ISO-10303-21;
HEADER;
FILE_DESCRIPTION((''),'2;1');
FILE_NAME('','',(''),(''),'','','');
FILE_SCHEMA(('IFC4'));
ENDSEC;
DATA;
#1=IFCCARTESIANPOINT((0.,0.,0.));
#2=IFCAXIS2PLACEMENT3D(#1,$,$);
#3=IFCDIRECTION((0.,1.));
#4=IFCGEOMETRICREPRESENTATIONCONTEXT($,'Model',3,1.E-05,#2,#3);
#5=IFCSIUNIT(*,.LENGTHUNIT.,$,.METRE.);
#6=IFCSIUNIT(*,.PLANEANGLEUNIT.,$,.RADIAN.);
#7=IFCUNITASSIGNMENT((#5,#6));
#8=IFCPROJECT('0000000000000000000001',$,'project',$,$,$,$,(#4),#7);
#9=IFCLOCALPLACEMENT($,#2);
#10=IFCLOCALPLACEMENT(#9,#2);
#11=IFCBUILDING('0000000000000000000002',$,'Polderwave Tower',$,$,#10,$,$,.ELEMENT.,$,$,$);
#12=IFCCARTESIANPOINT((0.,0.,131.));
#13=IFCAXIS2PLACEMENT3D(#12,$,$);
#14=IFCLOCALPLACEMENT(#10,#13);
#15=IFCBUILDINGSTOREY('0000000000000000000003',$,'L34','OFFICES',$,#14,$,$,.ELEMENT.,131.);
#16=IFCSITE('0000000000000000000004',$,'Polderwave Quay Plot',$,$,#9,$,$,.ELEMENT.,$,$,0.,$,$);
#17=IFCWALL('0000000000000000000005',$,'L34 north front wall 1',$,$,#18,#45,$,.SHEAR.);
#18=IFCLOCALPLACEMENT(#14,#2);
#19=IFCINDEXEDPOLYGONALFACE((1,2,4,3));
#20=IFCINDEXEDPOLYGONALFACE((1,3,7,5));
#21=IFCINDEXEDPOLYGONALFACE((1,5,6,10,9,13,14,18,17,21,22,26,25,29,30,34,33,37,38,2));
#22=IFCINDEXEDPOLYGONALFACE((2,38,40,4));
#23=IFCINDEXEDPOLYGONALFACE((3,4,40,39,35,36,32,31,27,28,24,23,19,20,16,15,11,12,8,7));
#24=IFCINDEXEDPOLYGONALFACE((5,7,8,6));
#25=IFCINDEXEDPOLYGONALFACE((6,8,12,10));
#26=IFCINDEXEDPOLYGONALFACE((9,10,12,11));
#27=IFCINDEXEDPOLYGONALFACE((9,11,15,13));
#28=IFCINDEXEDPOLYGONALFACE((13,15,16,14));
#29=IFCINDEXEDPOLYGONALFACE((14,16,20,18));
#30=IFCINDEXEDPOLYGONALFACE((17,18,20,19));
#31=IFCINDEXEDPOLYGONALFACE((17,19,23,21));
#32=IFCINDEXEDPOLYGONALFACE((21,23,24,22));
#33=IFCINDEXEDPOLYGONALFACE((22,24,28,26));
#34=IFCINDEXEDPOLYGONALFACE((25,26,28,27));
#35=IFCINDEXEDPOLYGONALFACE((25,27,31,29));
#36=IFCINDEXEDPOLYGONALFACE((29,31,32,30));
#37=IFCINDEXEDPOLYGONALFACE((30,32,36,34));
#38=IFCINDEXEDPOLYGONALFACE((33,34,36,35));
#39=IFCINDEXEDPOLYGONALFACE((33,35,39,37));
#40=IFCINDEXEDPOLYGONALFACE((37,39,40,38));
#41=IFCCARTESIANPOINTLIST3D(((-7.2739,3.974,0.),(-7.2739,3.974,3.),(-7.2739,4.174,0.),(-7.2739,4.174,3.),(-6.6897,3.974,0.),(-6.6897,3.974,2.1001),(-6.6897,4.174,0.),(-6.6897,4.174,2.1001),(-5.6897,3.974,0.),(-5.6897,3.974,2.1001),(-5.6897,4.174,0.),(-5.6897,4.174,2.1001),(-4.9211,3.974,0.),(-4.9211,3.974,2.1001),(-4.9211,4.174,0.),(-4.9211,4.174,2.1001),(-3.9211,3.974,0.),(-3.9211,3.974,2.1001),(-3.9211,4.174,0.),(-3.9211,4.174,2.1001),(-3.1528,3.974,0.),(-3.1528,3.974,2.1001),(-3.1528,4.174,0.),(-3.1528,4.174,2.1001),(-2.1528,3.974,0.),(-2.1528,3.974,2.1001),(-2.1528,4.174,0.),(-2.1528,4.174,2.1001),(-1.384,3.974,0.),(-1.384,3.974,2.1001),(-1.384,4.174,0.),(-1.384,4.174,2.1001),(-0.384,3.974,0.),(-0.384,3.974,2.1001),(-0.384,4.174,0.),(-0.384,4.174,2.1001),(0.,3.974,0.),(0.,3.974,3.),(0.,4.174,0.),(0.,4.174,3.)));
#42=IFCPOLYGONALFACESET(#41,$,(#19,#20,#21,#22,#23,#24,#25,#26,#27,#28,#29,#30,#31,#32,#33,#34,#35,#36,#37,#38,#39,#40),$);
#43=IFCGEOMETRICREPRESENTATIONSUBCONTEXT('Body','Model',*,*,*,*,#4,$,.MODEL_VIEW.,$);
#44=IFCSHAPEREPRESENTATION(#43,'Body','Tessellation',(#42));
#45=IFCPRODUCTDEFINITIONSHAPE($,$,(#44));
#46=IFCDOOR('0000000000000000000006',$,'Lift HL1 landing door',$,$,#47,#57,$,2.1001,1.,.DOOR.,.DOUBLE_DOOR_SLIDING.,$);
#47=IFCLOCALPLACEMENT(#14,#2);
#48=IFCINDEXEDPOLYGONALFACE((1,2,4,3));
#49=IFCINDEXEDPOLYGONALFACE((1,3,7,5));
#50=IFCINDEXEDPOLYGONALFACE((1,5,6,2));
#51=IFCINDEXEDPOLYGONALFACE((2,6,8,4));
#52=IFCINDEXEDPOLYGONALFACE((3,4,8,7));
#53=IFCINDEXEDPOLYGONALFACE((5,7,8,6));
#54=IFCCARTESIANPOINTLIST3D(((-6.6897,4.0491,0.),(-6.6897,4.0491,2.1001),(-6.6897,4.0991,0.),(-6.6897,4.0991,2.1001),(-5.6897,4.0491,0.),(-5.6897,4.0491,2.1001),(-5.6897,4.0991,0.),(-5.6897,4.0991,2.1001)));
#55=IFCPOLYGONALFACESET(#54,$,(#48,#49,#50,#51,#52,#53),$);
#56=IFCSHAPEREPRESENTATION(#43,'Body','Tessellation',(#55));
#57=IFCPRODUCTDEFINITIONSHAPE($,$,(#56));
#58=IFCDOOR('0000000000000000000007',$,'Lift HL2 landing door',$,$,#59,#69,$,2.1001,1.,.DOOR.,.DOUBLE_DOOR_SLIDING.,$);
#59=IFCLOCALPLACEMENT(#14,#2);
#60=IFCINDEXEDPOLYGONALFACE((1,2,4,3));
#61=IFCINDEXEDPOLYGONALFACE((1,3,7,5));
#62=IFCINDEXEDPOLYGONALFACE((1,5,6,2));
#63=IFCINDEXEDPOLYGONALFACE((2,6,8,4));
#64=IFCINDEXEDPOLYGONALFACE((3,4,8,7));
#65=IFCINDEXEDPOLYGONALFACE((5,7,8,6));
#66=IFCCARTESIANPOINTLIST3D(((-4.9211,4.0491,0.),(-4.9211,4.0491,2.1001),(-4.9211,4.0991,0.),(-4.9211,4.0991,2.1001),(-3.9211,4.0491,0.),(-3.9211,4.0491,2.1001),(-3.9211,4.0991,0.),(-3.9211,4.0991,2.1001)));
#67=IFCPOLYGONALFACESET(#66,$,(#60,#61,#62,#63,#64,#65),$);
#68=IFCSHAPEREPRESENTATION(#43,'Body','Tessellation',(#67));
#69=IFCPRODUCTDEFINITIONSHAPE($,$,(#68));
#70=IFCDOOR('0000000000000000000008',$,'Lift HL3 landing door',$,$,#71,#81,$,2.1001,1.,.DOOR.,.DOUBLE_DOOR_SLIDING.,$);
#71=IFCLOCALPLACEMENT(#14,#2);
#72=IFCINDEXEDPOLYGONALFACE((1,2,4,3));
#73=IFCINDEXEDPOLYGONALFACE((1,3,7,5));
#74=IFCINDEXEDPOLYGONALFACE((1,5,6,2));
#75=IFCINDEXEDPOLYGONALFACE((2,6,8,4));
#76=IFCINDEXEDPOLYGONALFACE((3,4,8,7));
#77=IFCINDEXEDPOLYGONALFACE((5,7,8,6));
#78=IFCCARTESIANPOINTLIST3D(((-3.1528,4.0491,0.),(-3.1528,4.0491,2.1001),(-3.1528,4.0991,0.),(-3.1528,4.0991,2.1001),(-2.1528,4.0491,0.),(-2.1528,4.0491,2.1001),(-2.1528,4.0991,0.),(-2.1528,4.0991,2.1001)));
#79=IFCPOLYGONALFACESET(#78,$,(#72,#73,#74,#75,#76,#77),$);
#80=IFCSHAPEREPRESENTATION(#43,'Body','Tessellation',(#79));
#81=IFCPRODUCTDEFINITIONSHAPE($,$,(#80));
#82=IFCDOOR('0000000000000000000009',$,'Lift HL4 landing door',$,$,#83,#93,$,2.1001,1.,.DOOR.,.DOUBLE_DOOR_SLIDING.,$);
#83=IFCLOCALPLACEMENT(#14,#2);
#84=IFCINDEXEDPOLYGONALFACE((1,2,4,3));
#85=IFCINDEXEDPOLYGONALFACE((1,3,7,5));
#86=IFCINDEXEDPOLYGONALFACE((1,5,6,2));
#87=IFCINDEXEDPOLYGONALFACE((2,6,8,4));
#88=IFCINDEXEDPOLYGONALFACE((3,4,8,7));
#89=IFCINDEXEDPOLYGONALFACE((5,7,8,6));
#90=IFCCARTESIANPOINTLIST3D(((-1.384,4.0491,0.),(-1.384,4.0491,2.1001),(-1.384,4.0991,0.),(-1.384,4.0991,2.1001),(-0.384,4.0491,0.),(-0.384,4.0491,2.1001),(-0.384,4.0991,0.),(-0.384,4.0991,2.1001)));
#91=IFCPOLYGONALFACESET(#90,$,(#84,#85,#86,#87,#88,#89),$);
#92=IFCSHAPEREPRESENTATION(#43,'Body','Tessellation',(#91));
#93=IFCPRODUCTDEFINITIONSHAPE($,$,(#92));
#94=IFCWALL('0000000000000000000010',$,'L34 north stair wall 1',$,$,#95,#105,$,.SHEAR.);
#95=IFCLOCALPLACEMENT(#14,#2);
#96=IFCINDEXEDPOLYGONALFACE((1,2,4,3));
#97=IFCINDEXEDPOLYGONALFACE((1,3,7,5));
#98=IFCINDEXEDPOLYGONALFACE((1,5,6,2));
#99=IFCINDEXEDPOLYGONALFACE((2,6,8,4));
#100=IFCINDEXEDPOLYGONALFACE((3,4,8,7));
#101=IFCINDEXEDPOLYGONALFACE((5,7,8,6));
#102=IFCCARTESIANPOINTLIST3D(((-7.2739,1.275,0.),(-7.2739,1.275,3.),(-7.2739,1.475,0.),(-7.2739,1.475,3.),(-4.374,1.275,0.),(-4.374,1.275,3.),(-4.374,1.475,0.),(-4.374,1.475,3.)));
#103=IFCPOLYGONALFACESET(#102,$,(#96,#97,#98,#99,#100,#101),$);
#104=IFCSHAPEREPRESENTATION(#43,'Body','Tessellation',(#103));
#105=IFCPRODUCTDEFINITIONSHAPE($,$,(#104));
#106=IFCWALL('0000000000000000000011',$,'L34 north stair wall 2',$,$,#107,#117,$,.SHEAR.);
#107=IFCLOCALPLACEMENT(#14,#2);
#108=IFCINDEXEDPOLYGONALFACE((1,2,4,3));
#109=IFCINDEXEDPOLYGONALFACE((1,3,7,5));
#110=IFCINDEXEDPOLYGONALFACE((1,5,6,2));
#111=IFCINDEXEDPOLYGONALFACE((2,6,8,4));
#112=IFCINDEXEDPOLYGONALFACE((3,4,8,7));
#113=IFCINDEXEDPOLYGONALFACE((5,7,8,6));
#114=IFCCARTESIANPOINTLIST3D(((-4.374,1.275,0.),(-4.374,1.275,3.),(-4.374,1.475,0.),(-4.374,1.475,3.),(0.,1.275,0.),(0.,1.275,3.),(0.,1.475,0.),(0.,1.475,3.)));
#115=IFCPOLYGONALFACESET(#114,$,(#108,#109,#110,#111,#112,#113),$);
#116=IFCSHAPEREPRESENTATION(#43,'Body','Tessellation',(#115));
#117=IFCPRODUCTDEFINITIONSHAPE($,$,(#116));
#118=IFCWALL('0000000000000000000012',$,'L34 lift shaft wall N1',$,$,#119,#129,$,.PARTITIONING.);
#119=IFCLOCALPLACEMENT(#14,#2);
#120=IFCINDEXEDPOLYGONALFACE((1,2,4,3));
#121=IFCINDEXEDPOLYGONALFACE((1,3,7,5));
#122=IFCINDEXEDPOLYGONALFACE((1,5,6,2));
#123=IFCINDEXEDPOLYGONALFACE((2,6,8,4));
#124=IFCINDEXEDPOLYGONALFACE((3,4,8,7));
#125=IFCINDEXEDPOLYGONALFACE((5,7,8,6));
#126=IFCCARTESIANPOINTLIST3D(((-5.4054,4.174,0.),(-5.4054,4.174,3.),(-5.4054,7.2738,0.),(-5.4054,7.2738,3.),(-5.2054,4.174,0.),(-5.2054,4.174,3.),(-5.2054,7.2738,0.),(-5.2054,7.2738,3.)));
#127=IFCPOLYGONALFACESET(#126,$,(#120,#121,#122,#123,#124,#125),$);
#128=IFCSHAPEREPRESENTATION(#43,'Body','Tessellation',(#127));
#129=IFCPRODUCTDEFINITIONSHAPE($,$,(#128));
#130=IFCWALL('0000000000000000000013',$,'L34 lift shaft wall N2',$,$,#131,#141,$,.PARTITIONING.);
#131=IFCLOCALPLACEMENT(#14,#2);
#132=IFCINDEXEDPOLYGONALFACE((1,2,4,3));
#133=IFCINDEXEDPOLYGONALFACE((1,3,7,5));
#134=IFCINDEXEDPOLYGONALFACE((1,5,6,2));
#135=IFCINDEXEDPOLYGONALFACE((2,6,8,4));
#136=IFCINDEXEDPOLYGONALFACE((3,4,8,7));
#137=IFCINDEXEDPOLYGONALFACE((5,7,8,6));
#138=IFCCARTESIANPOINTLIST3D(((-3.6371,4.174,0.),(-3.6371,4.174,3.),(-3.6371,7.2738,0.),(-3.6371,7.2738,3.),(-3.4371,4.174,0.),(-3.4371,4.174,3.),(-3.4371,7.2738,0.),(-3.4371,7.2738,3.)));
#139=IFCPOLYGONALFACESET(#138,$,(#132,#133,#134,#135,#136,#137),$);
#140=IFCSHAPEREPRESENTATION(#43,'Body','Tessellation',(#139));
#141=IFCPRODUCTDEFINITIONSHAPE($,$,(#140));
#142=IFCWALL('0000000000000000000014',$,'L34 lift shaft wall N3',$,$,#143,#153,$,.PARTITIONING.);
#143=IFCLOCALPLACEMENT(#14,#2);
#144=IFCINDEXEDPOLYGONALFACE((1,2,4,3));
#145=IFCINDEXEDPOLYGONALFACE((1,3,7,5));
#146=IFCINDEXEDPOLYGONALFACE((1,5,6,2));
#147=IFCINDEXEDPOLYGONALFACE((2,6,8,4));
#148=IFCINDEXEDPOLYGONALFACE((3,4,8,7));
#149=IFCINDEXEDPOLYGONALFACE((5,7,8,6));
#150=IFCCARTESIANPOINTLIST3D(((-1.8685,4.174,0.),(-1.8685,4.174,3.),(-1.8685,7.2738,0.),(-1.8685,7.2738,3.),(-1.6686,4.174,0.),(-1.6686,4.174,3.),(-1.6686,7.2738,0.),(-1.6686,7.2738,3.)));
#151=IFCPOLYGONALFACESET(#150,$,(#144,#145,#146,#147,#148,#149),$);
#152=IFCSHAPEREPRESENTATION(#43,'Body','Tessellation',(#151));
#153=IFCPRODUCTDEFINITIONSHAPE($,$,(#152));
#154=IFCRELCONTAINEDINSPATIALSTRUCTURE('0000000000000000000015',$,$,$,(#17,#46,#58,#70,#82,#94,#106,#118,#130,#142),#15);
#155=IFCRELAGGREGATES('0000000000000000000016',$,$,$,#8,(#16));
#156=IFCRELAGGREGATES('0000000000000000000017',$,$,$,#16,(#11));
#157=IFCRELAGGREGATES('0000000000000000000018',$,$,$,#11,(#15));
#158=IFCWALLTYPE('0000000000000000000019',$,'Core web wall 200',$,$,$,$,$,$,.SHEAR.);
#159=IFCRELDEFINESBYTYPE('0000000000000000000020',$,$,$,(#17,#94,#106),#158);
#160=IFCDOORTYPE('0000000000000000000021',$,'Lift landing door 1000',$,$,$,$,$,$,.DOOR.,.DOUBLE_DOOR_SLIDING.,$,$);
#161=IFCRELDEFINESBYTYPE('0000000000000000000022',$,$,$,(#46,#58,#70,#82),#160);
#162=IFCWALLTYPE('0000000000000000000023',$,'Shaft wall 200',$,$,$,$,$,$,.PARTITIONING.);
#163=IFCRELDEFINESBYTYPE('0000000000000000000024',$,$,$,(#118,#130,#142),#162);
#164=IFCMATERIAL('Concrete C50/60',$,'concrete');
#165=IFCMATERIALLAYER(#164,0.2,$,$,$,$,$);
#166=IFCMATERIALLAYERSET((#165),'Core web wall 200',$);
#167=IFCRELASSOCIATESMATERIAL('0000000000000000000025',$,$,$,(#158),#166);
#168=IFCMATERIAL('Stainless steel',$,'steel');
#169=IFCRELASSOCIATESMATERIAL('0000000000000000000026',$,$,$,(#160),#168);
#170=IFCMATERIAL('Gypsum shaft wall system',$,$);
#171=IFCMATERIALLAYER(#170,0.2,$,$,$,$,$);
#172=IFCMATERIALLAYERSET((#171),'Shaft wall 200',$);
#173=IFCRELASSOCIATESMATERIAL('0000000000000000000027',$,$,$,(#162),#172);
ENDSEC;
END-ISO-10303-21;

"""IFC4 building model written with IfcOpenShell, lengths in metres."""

from ifc_helpers import new_model, si_unit, direction, frame, frame_2d, origin, place, context, subcontext, project, spatial, rectangle, extrude, material, layer, layer_set, type_object, element, fill, save


model = new_model("IFC4")

# Units and contexts
model_context = context("Model", 3, precision=1e-05, world=origin(), true_north=direction((0.0, 1.0)))
body_context = subcontext(model_context, "Body", "Model", "MODEL_VIEW")
ifc_project = project(units=[si_unit("LENGTHUNIT", "METRE"), si_unit("PLANEANGLEUNIT", "RADIAN")], contexts=[model_context])

# Site, building, storey
site_placement = place(None, origin())
site = spatial("IfcSite", under=ifc_project, at=site_placement, Name="Polderwave Quay Plot", CompositionType="ELEMENT", RefElevation=0.0)
building_placement = place(site_placement, origin())
building = spatial("IfcBuilding", under=site, at=building_placement, Name="Polderwave Tower", CompositionType="ELEMENT")
storey_placement = place(building_placement, frame((0.0, 0.0, 131.0)))
storey = spatial("IfcBuildingStorey", under=building, at=storey_placement, Name="L34", Description="OFFICES", CompositionType="ELEMENT", Elevation=131.0)

# Wall, openings, doors
ifc_material_1 = material(Name="Concrete C50/60", Category="concrete")
ifc_layer_1 = layer(ifc_material_1, 0.2)
ifc_layer_set_1 = layer_set([ifc_layer_1], Name="Core web wall 200")
wall_type_1 = type_object("IfcWallType", Name="Core web wall 200", PredefinedType="SHEAR", material=ifc_layer_set_1)
wall_1_placement = place(storey_placement, frame((-7.2739, 4.074, 0.0), z_axis=(0.0, 0.0, 1.0), x_axis=(1.0, 0.0, 0.0)))
wall_1 = element("IfcWall", 1, at=wall_1_placement, inside=storey, type_object=wall_type_1, Name="L34 north front wall 1", PredefinedType="SHEAR", context=body_context, shape_type="SweptSolid", body=[
    extrude(rectangle(XDim=7.2739, YDim=0.2, at=frame_2d((3.637, 0.0))), origin(), (0.0, 0.0, 1.0), 3.0),
])
opening_1_placement = place(wall_1_placement, frame((0.5842, 0.0, 0.0)))
opening_1 = element("IfcOpeningElement", 2, at=opening_1_placement, cuts=wall_1, PredefinedType="OPENING", context=body_context, shape_type="SweptSolid", body=[
    extrude(rectangle(XDim=1.0, YDim=2.1001, at=frame_2d((0.5, 1.05))), frame((0.0, 0.1099, 0.0), z_axis=(0.0, -1.0, 0.0), x_axis=(1.0, 0.0, 0.0)), (0.0, 0.0, 1.0), 0.22),
])
opening_2_placement = place(wall_1_placement, frame((2.3528, 0.0, 0.0)))
opening_2 = element("IfcOpeningElement", 3, at=opening_2_placement, cuts=wall_1, PredefinedType="OPENING", context=body_context, shape_type="SweptSolid", body=[
    extrude(rectangle(XDim=1.0, YDim=2.1001, at=frame_2d((0.5, 1.05))), frame((0.0, 0.1099, 0.0), z_axis=(0.0, -1.0, 0.0), x_axis=(1.0, 0.0, 0.0)), (0.0, 0.0, 1.0), 0.22),
])
opening_3_placement = place(wall_1_placement, frame((4.1211, 0.0, 0.0)))
opening_3 = element("IfcOpeningElement", 4, at=opening_3_placement, cuts=wall_1, PredefinedType="OPENING", context=body_context, shape_type="SweptSolid", body=[
    extrude(rectangle(XDim=1.0, YDim=2.1001, at=frame_2d((0.5, 1.05))), frame((0.0, 0.1099, 0.0), z_axis=(0.0, -1.0, 0.0), x_axis=(1.0, 0.0, 0.0)), (0.0, 0.0, 1.0), 0.22),
])
opening_4_placement = place(wall_1_placement, frame((5.8899, 0.0, 0.0)))
opening_4 = element("IfcOpeningElement", 5, at=opening_4_placement, cuts=wall_1, PredefinedType="OPENING", context=body_context, shape_type="SweptSolid", body=[
    extrude(rectangle(XDim=1.0, YDim=2.1001, at=frame_2d((0.5, 1.05))), frame((0.0, 0.1099, 0.0), z_axis=(0.0, -1.0, 0.0), x_axis=(1.0, 0.0, 0.0)), (0.0, 0.0, 1.0), 0.22),
])
ifc_material_2 = material(Name="Stainless steel", Category="steel")
door_type = type_object("IfcDoorType", Name="Lift landing door 1000", OperationType="DOUBLE_DOOR_SLIDING", PredefinedType="DOOR", material=ifc_material_2)
door_1_placement = place(opening_1_placement, frame((1.0, 0.0, 0.0), z_axis=(0.0, 0.0, 1.0), x_axis=(-1.0, 0.0, 0.0)))
door_1 = element("IfcDoor", 6, at=door_1_placement, inside=storey, type_object=door_type, Name="Lift HL1 landing door", OperationType="DOUBLE_DOOR_SLIDING", OverallHeight=2.1001, OverallWidth=1.0, PredefinedType="DOOR", context=body_context, shape_type="SweptSolid", body=[
    extrude(rectangle(XDim=1.0, YDim=2.1001, at=frame_2d((0.5, 1.05))), frame((0.0, 0.0249, 0.0), z_axis=(0.0, -1.0, 0.0), x_axis=(1.0, 0.0, 0.0)), (0.0, 0.0, 1.0), 0.05),
])
fill(opening_1, door_1)
door_2_placement = place(opening_2_placement, frame((1.0, 0.0, 0.0), z_axis=(0.0, 0.0, 1.0), x_axis=(-1.0, 0.0, 0.0)))
door_2 = element("IfcDoor", 7, at=door_2_placement, inside=storey, type_object=door_type, Name="Lift HL2 landing door", OperationType="DOUBLE_DOOR_SLIDING", OverallHeight=2.1001, OverallWidth=1.0, PredefinedType="DOOR", context=body_context, shape_type="SweptSolid", body=[
    extrude(rectangle(XDim=1.0, YDim=2.1001, at=frame_2d((0.5, 1.05))), frame((0.0, 0.0249, 0.0), z_axis=(0.0, -1.0, 0.0), x_axis=(1.0, 0.0, 0.0)), (0.0, 0.0, 1.0), 0.05),
])
fill(opening_2, door_2)
door_3_placement = place(opening_3_placement, frame((1.0, 0.0, 0.0), z_axis=(0.0, 0.0, 1.0), x_axis=(-1.0, 0.0, 0.0)))
door_3 = element("IfcDoor", 8, at=door_3_placement, inside=storey, type_object=door_type, Name="Lift HL3 landing door", OperationType="DOUBLE_DOOR_SLIDING", OverallHeight=2.1001, OverallWidth=1.0, PredefinedType="DOOR", context=body_context, shape_type="SweptSolid", body=[
    extrude(rectangle(XDim=1.0, YDim=2.1001, at=frame_2d((0.5, 1.05))), frame((0.0, 0.0249, 0.0), z_axis=(0.0, -1.0, 0.0), x_axis=(1.0, 0.0, 0.0)), (0.0, 0.0, 1.0), 0.05),
])
fill(opening_3, door_3)
door_4_placement = place(opening_4_placement, frame((1.0, 0.0, 0.0), z_axis=(0.0, 0.0, 1.0), x_axis=(-1.0, 0.0, 0.0)))
door_4 = element("IfcDoor", 9, at=door_4_placement, inside=storey, type_object=door_type, Name="Lift HL4 landing door", OperationType="DOUBLE_DOOR_SLIDING", OverallHeight=2.1001, OverallWidth=1.0, PredefinedType="DOOR", context=body_context, shape_type="SweptSolid", body=[
    extrude(rectangle(XDim=1.0, YDim=2.1001, at=frame_2d((0.5, 1.05))), frame((0.0, 0.0249, 0.0), z_axis=(0.0, -1.0, 0.0), x_axis=(1.0, 0.0, 0.0)), (0.0, 0.0, 1.0), 0.05),
])
fill(opening_4, door_4)

# Walls
wall_2_placement = place(storey_placement, frame((-7.2739, 1.375, 0.0), z_axis=(0.0, 0.0, 1.0), x_axis=(1.0, 0.0, 0.0)))
element("IfcWall", 10, at=wall_2_placement, inside=storey, type_object=wall_type_1, Name="L34 north stair wall 1", PredefinedType="SHEAR", context=body_context, shape_type="SweptSolid", body=[
    extrude(rectangle(XDim=2.8999, YDim=0.2, at=frame_2d((1.45, 0.0))), origin(), (0.0, 0.0, 1.0), 3.0),
])
wall_3_placement = place(storey_placement, frame((-4.374, 1.375, 0.0), z_axis=(0.0, 0.0, 1.0), x_axis=(1.0, 0.0, 0.0)))
element("IfcWall", 11, at=wall_3_placement, inside=storey, type_object=wall_type_1, Name="L34 north stair wall 2", PredefinedType="SHEAR", context=body_context, shape_type="SweptSolid", body=[
    extrude(rectangle(XDim=4.374, YDim=0.2, at=frame_2d((2.187, 0.0))), origin(), (0.0, 0.0, 1.0), 3.0),
])
ifc_material_3 = material(Name="Gypsum shaft wall system")
ifc_layer_2 = layer(ifc_material_3, 0.2)
ifc_layer_set_2 = layer_set([ifc_layer_2], Name="Shaft wall 200")
wall_type_2 = type_object("IfcWallType", Name="Shaft wall 200", PredefinedType="PARTITIONING", material=ifc_layer_set_2)
for number, where, z_axis, x_axis, name in (
    (12, (-5.3054, 4.1741, 0.0), (0.0, 0.0, 1.0), (0.0, 1.0, 0.0), "L34 lift shaft wall N1"),
    (13, (-3.5371, 4.1741, 0.0), (0.0, 0.0, 1.0), (0.0, 1.0, 0.0), "L34 lift shaft wall N2"),
    (14, (-1.7686, 4.1741, 0.0), (0.0, 0.0, 1.0), (0.0, 1.0, 0.0), "L34 lift shaft wall N3"),
):
    element("IfcWall", number, at=place(storey_placement, frame(where, z_axis=z_axis, x_axis=x_axis)), inside=storey, type_object=wall_type_2, Name=name, PredefinedType="PARTITIONING", context=body_context, shape_type="SweptSolid", body=[
        extrude(rectangle(XDim=3.0999, YDim=0.2, at=frame_2d((1.5498, 0.0))), origin(), (0.0, 0.0, 1.0), 3.0),
    ])

save(model, "model.ifc")
